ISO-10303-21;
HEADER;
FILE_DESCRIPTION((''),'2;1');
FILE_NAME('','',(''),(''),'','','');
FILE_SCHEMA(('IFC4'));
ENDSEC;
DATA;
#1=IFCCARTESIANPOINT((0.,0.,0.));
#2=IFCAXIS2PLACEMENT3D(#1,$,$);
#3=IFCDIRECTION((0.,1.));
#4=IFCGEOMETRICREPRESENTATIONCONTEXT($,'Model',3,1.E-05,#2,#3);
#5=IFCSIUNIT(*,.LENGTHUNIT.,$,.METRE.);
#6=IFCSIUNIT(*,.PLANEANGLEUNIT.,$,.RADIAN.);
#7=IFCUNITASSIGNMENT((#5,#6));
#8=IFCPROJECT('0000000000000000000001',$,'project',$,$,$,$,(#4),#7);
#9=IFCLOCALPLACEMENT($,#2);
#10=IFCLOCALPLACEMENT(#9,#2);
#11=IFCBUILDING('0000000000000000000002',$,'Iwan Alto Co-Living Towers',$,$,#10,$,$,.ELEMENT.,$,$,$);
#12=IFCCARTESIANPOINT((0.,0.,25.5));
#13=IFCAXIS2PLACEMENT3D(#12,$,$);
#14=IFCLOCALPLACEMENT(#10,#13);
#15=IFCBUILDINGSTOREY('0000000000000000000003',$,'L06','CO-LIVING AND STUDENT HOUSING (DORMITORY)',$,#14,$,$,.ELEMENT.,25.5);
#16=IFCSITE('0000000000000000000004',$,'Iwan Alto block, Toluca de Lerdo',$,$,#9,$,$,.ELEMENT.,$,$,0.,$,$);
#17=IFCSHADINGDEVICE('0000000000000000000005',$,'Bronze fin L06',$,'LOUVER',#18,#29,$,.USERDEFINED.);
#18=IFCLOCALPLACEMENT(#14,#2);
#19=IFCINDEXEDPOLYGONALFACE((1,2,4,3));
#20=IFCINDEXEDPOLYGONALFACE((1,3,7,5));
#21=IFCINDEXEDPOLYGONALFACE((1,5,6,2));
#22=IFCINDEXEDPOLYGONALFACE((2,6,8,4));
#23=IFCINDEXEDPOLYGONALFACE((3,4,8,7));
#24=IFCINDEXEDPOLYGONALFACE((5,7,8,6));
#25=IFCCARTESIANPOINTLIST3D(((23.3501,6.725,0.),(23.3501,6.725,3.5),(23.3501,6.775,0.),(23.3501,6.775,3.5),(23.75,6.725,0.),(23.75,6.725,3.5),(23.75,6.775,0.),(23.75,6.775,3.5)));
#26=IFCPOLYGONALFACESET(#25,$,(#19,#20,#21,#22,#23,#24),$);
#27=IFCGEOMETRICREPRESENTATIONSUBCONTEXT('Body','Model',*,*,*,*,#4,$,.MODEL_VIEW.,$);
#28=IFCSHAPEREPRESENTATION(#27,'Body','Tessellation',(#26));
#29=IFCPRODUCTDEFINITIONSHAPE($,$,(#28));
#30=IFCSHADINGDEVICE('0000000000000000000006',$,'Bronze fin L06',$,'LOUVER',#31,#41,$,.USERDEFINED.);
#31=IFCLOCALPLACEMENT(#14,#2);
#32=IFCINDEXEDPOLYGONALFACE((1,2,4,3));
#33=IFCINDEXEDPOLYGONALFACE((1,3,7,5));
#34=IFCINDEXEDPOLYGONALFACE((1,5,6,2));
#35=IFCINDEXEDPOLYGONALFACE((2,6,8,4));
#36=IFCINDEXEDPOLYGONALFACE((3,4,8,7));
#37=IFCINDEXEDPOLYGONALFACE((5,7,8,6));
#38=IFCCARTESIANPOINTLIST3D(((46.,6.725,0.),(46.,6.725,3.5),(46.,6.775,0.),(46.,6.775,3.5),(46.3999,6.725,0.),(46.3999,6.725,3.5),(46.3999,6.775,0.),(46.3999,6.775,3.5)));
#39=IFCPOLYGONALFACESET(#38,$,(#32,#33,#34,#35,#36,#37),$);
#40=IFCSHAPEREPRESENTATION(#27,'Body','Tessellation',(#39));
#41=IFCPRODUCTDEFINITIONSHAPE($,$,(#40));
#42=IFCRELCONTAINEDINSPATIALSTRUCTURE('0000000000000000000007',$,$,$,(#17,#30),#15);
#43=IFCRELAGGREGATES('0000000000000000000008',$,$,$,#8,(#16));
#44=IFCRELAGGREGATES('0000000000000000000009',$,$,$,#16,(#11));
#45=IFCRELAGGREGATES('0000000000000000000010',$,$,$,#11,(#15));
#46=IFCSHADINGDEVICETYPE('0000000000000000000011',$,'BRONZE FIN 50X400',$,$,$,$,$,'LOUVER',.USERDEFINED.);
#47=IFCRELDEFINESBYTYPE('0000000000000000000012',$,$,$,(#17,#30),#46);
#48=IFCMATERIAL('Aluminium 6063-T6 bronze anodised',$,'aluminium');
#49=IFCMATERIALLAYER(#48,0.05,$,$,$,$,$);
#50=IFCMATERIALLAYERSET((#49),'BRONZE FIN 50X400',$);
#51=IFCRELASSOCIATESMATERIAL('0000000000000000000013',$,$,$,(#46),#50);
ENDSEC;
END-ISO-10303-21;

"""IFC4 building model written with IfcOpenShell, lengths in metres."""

from ifc_helpers import new_model, si_unit, direction, frame, origin, origin_2d, place, context, subcontext, project, spatial, rectangle, extrude, material, layer, layer_set, type_object, element, save


model = new_model("IFC4")

# Units and contexts
model_context = context("Model", 3, precision=1e-05, world=origin(), true_north=direction((0.0, 1.0)))
body_context = subcontext(model_context, "Body", "Model", "MODEL_VIEW")
ifc_project = project(units=[si_unit("LENGTHUNIT", "METRE"), si_unit("PLANEANGLEUNIT", "RADIAN")], contexts=[model_context])

# Site, building, storey
site_placement = place(None, origin())
site = spatial("IfcSite", under=ifc_project, at=site_placement, Name="Iwan Alto block, Toluca de Lerdo", CompositionType="ELEMENT", RefElevation=0.0)
building_placement = place(site_placement, origin())
building = spatial("IfcBuilding", under=site, at=building_placement, Name="Iwan Alto Co-Living Towers", CompositionType="ELEMENT")
storey_placement = place(building_placement, frame((0.0, 0.0, 25.5)))
storey = spatial("IfcBuildingStorey", under=building, at=storey_placement, Name="L06", Description="CO-LIVING AND STUDENT HOUSING (DORMITORY)", CompositionType="ELEMENT", Elevation=25.5)

# Shading devices
ifc_material_1 = material(Name="Aluminium 6063-T6 bronze anodised", Category="aluminium")
ifc_layer_1 = layer(ifc_material_1, 0.05)
ifc_layer_set_1 = layer_set([ifc_layer_1], Name="BRONZE FIN 50X400")
shading_device_type = type_object("IfcShadingDeviceType", Name="BRONZE FIN 50X400", ElementType="LOUVER", PredefinedType="USERDEFINED", material=ifc_layer_set_1)
for number, where, z_axis, x_axis, name in (
    (1, (23.55, 6.75, 0.0), (0.0, 0.0, 1.0), (0.0, 1.0, 0.0), "Bronze fin L06"),
    (2, (46.2, 6.75, 0.0), (0.0, 0.0, 1.0), (0.0, -1.0, 0.0), "Bronze fin L06"),
):
    element("IfcShadingDevice", number, at=place(storey_placement, frame(where, z_axis=z_axis, x_axis=x_axis)), inside=storey, type_object=shading_device_type, Name=name, ObjectType="LOUVER", PredefinedType="USERDEFINED", context=body_context, shape_type="SweptSolid", body=[
        extrude(rectangle(XDim=0.05, YDim=0.3999, at=origin_2d()), origin(), (0.0, 0.0, 1.0), 3.5),
    ])

save(model, "model.ifc")
